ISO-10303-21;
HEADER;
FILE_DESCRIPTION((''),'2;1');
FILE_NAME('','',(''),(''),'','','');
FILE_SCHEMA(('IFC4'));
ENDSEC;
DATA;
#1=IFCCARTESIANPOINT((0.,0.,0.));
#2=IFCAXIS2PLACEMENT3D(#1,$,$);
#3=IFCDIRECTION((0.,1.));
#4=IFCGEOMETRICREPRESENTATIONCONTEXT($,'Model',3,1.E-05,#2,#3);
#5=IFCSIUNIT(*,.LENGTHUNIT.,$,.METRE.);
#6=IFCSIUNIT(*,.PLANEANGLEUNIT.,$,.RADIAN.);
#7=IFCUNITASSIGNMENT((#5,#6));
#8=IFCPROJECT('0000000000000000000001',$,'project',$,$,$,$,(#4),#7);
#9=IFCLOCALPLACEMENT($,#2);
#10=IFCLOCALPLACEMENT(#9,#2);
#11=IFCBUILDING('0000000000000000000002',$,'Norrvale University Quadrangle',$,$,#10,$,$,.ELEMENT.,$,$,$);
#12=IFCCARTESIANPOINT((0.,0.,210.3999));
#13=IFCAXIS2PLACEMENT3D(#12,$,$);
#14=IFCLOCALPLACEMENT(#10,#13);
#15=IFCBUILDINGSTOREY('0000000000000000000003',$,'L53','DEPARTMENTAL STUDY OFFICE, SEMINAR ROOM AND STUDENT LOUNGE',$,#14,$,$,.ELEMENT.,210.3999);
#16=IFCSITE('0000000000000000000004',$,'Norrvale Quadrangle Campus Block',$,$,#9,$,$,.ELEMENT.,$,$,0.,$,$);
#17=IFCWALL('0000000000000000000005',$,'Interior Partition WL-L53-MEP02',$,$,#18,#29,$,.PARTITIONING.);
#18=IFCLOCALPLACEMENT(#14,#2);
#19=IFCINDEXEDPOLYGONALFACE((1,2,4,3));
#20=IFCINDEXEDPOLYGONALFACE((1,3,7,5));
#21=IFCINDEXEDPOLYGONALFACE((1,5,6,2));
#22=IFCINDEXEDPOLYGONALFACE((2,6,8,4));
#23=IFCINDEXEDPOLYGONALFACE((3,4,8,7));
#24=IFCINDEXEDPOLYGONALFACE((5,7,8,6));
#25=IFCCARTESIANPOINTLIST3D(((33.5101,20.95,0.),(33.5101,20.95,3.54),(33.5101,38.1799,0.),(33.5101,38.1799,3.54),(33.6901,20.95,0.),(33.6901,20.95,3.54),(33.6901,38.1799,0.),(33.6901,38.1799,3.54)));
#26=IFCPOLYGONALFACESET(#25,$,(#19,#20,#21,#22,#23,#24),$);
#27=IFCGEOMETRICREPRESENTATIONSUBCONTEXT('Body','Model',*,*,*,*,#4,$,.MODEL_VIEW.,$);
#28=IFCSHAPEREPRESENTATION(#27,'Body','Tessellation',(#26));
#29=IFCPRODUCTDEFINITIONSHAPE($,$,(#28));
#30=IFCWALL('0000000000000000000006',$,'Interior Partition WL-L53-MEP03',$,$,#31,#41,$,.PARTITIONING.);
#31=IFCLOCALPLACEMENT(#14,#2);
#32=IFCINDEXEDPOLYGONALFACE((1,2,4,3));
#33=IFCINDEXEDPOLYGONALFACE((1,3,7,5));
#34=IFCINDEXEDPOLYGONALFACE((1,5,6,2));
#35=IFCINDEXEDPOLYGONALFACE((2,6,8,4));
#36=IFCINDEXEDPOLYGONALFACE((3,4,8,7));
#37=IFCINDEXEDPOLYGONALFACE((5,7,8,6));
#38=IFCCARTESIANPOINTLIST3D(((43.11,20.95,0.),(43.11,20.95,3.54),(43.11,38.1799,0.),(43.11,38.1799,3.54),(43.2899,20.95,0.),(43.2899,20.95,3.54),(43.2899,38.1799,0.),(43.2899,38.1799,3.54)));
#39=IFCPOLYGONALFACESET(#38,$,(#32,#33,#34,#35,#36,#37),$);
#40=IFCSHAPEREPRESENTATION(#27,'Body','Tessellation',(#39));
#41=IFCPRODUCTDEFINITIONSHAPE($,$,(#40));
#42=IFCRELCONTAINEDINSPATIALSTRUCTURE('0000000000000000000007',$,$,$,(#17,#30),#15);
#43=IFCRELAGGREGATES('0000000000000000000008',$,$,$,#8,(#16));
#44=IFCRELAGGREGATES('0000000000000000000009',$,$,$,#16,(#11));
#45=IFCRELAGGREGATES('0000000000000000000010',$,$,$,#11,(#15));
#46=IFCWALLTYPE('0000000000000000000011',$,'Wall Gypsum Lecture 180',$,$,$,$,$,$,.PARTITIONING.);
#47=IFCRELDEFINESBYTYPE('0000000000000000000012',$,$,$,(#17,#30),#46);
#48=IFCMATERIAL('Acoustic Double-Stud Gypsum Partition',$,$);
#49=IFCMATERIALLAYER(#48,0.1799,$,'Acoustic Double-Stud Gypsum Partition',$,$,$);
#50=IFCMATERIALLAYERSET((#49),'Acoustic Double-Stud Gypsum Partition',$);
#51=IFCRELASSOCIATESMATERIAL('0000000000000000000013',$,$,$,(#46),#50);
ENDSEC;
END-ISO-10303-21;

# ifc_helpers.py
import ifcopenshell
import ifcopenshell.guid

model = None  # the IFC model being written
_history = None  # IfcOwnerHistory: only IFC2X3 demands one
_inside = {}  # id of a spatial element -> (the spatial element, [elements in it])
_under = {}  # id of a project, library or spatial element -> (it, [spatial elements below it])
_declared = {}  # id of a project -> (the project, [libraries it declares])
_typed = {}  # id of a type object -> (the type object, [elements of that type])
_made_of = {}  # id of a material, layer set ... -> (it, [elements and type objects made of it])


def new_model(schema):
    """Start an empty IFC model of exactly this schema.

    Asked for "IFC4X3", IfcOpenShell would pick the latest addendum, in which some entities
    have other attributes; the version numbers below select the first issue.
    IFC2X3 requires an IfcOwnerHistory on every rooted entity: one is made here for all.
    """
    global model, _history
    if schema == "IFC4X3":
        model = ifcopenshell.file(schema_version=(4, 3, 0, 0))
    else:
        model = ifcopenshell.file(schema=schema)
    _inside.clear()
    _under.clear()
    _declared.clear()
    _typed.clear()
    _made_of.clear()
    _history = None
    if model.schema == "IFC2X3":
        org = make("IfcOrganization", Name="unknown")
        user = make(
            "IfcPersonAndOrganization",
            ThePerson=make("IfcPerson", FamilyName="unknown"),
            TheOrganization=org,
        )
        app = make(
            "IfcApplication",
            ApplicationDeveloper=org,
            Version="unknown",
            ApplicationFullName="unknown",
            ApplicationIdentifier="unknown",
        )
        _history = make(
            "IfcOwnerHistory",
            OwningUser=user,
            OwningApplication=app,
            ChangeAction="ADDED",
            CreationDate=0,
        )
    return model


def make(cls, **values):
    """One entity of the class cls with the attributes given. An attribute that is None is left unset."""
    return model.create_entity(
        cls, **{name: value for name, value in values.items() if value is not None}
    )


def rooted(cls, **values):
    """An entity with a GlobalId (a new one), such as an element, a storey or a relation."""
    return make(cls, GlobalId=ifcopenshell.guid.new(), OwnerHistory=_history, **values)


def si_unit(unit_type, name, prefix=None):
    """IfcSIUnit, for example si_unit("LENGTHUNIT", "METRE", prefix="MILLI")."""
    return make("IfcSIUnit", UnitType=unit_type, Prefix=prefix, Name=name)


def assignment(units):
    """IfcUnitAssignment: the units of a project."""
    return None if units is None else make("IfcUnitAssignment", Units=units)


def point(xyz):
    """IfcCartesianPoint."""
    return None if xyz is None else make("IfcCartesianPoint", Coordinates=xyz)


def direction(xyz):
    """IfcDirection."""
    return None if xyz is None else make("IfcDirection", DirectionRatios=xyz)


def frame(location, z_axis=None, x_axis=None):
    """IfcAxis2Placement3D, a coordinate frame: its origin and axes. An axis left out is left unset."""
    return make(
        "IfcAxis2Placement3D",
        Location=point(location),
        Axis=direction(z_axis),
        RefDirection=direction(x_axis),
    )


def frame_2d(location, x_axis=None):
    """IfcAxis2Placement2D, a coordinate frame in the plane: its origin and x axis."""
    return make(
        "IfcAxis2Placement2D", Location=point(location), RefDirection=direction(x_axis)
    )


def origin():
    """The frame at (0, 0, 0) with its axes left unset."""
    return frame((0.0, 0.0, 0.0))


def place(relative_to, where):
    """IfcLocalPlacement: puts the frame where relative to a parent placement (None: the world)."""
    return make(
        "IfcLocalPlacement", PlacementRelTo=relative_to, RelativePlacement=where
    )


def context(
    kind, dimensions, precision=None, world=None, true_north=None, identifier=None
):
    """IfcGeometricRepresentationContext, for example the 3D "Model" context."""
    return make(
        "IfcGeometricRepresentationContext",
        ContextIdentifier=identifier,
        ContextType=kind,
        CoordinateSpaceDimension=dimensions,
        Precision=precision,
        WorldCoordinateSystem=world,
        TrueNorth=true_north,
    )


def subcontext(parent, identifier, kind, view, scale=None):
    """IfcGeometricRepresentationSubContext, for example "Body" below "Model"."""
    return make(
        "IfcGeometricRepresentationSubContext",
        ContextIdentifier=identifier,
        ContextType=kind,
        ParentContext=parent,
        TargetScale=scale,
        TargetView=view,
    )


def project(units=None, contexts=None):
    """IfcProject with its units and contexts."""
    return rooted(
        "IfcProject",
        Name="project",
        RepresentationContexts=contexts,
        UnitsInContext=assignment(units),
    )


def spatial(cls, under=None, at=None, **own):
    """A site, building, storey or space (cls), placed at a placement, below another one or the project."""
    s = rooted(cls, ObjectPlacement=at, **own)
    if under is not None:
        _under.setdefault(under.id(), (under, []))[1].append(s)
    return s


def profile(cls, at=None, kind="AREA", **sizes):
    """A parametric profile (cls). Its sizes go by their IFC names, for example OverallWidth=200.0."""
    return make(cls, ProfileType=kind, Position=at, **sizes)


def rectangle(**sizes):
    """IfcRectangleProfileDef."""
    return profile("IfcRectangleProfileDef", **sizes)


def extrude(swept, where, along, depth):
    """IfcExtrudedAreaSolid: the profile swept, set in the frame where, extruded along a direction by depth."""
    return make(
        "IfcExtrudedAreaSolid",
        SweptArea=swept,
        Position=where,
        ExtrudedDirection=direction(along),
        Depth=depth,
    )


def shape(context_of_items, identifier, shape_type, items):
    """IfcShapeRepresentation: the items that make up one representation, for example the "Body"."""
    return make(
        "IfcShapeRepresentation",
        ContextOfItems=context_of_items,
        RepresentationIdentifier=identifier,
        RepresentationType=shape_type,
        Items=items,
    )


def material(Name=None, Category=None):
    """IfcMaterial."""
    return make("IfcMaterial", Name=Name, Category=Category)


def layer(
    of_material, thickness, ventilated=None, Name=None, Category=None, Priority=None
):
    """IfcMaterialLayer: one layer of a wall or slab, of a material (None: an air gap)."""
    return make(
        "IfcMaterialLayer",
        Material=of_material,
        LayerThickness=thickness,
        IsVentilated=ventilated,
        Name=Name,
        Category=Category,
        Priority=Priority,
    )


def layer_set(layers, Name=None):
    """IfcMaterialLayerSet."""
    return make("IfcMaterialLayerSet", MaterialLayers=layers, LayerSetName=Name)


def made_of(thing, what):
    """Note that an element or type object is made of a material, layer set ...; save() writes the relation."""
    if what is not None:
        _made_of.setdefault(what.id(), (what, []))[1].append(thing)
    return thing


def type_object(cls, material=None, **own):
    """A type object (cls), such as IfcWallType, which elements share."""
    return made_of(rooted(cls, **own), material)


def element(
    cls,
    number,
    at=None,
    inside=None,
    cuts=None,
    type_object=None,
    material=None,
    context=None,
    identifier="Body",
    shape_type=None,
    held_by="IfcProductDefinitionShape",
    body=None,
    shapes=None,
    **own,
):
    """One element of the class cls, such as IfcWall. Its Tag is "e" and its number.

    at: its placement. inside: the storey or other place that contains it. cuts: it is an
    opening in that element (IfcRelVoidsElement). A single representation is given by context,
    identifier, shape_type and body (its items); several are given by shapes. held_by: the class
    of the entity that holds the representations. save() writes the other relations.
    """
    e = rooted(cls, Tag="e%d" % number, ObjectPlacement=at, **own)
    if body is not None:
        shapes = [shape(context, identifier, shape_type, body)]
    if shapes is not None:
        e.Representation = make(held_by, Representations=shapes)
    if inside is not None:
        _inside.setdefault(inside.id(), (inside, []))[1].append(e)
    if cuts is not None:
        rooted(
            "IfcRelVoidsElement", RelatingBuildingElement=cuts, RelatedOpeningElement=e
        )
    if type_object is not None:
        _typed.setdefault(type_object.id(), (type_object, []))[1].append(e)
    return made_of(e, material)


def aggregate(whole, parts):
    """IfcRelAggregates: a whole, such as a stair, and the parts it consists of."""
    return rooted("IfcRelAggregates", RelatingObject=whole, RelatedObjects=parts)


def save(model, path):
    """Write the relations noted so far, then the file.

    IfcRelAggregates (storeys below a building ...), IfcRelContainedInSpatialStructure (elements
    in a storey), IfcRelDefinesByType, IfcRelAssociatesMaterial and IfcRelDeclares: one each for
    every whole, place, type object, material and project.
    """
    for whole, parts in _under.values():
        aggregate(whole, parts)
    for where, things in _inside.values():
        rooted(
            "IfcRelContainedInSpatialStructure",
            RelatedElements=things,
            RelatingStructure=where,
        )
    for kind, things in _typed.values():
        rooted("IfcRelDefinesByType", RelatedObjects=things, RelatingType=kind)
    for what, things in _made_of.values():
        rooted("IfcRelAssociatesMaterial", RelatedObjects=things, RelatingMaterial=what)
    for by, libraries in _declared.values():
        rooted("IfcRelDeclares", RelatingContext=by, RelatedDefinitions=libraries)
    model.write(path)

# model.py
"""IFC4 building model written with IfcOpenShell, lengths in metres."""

from ifc_helpers import new_model, si_unit, direction, frame, frame_2d, origin, place, context, subcontext, project, spatial, rectangle, extrude, material, layer, layer_set, type_object, element, save


model = new_model("IFC4")

# Units and contexts
model_context = context("Model", 3, precision=1e-05, world=origin(), true_north=direction((0.0, 1.0)))
body_context = subcontext(model_context, "Body", "Model", "MODEL_VIEW")
ifc_project = project(units=[si_unit("LENGTHUNIT", "METRE"), si_unit("PLANEANGLEUNIT", "RADIAN")], contexts=[model_context])

# Site, building, storey
site_placement = place(None, origin())
site = spatial("IfcSite", under=ifc_project, at=site_placement, Name="Norrvale Quadrangle Campus Block", CompositionType="ELEMENT", RefElevation=0.0)
building_placement = place(site_placement, origin())
building = spatial("IfcBuilding", under=site, at=building_placement, Name="Norrvale University Quadrangle", CompositionType="ELEMENT")
storey_placement = place(building_placement, frame((0.0, 0.0, 210.3999)))
storey = spatial("IfcBuildingStorey", under=building, at=storey_placement, Name="L53", Description="DEPARTMENTAL STUDY OFFICE, SEMINAR ROOM AND STUDENT LOUNGE", CompositionType="ELEMENT", Elevation=210.3999)

# Walls
ifc_material_1 = material(Name="Acoustic Double-Stud Gypsum Partition")
ifc_layer = layer(ifc_material_1, 0.1799, Name="Acoustic Double-Stud Gypsum Partition")
ifc_layer_set = layer_set([ifc_layer], Name="Acoustic Double-Stud Gypsum Partition")
wall_type = type_object("IfcWallType", Name="Wall Gypsum Lecture 180", PredefinedType="PARTITIONING", material=ifc_layer_set)
for number, where, z_axis, x_axis, name in (
    (1, (33.6001, 20.95, 0.0), (0.0, 0.0, 1.0), (0.0, 1.0, 0.0), "Interior Partition WL-L53-MEP02"),
    (2, (43.2, 20.95, 0.0), (0.0, 0.0, 1.0), (0.0, 1.0, 0.0), "Interior Partition WL-L53-MEP03"),
):
    element("IfcWall", number, at=place(storey_placement, frame(where, z_axis=z_axis, x_axis=x_axis)), inside=storey, type_object=wall_type, Name=name, PredefinedType="PARTITIONING", context=body_context, shape_type="SweptSolid", body=[
        extrude(rectangle(XDim=17.23, YDim=0.1799, at=frame_2d((8.615, 0.0))), origin(), (0.0, 0.0, 1.0), 3.54),
    ])

save(model, "model.ifc")
